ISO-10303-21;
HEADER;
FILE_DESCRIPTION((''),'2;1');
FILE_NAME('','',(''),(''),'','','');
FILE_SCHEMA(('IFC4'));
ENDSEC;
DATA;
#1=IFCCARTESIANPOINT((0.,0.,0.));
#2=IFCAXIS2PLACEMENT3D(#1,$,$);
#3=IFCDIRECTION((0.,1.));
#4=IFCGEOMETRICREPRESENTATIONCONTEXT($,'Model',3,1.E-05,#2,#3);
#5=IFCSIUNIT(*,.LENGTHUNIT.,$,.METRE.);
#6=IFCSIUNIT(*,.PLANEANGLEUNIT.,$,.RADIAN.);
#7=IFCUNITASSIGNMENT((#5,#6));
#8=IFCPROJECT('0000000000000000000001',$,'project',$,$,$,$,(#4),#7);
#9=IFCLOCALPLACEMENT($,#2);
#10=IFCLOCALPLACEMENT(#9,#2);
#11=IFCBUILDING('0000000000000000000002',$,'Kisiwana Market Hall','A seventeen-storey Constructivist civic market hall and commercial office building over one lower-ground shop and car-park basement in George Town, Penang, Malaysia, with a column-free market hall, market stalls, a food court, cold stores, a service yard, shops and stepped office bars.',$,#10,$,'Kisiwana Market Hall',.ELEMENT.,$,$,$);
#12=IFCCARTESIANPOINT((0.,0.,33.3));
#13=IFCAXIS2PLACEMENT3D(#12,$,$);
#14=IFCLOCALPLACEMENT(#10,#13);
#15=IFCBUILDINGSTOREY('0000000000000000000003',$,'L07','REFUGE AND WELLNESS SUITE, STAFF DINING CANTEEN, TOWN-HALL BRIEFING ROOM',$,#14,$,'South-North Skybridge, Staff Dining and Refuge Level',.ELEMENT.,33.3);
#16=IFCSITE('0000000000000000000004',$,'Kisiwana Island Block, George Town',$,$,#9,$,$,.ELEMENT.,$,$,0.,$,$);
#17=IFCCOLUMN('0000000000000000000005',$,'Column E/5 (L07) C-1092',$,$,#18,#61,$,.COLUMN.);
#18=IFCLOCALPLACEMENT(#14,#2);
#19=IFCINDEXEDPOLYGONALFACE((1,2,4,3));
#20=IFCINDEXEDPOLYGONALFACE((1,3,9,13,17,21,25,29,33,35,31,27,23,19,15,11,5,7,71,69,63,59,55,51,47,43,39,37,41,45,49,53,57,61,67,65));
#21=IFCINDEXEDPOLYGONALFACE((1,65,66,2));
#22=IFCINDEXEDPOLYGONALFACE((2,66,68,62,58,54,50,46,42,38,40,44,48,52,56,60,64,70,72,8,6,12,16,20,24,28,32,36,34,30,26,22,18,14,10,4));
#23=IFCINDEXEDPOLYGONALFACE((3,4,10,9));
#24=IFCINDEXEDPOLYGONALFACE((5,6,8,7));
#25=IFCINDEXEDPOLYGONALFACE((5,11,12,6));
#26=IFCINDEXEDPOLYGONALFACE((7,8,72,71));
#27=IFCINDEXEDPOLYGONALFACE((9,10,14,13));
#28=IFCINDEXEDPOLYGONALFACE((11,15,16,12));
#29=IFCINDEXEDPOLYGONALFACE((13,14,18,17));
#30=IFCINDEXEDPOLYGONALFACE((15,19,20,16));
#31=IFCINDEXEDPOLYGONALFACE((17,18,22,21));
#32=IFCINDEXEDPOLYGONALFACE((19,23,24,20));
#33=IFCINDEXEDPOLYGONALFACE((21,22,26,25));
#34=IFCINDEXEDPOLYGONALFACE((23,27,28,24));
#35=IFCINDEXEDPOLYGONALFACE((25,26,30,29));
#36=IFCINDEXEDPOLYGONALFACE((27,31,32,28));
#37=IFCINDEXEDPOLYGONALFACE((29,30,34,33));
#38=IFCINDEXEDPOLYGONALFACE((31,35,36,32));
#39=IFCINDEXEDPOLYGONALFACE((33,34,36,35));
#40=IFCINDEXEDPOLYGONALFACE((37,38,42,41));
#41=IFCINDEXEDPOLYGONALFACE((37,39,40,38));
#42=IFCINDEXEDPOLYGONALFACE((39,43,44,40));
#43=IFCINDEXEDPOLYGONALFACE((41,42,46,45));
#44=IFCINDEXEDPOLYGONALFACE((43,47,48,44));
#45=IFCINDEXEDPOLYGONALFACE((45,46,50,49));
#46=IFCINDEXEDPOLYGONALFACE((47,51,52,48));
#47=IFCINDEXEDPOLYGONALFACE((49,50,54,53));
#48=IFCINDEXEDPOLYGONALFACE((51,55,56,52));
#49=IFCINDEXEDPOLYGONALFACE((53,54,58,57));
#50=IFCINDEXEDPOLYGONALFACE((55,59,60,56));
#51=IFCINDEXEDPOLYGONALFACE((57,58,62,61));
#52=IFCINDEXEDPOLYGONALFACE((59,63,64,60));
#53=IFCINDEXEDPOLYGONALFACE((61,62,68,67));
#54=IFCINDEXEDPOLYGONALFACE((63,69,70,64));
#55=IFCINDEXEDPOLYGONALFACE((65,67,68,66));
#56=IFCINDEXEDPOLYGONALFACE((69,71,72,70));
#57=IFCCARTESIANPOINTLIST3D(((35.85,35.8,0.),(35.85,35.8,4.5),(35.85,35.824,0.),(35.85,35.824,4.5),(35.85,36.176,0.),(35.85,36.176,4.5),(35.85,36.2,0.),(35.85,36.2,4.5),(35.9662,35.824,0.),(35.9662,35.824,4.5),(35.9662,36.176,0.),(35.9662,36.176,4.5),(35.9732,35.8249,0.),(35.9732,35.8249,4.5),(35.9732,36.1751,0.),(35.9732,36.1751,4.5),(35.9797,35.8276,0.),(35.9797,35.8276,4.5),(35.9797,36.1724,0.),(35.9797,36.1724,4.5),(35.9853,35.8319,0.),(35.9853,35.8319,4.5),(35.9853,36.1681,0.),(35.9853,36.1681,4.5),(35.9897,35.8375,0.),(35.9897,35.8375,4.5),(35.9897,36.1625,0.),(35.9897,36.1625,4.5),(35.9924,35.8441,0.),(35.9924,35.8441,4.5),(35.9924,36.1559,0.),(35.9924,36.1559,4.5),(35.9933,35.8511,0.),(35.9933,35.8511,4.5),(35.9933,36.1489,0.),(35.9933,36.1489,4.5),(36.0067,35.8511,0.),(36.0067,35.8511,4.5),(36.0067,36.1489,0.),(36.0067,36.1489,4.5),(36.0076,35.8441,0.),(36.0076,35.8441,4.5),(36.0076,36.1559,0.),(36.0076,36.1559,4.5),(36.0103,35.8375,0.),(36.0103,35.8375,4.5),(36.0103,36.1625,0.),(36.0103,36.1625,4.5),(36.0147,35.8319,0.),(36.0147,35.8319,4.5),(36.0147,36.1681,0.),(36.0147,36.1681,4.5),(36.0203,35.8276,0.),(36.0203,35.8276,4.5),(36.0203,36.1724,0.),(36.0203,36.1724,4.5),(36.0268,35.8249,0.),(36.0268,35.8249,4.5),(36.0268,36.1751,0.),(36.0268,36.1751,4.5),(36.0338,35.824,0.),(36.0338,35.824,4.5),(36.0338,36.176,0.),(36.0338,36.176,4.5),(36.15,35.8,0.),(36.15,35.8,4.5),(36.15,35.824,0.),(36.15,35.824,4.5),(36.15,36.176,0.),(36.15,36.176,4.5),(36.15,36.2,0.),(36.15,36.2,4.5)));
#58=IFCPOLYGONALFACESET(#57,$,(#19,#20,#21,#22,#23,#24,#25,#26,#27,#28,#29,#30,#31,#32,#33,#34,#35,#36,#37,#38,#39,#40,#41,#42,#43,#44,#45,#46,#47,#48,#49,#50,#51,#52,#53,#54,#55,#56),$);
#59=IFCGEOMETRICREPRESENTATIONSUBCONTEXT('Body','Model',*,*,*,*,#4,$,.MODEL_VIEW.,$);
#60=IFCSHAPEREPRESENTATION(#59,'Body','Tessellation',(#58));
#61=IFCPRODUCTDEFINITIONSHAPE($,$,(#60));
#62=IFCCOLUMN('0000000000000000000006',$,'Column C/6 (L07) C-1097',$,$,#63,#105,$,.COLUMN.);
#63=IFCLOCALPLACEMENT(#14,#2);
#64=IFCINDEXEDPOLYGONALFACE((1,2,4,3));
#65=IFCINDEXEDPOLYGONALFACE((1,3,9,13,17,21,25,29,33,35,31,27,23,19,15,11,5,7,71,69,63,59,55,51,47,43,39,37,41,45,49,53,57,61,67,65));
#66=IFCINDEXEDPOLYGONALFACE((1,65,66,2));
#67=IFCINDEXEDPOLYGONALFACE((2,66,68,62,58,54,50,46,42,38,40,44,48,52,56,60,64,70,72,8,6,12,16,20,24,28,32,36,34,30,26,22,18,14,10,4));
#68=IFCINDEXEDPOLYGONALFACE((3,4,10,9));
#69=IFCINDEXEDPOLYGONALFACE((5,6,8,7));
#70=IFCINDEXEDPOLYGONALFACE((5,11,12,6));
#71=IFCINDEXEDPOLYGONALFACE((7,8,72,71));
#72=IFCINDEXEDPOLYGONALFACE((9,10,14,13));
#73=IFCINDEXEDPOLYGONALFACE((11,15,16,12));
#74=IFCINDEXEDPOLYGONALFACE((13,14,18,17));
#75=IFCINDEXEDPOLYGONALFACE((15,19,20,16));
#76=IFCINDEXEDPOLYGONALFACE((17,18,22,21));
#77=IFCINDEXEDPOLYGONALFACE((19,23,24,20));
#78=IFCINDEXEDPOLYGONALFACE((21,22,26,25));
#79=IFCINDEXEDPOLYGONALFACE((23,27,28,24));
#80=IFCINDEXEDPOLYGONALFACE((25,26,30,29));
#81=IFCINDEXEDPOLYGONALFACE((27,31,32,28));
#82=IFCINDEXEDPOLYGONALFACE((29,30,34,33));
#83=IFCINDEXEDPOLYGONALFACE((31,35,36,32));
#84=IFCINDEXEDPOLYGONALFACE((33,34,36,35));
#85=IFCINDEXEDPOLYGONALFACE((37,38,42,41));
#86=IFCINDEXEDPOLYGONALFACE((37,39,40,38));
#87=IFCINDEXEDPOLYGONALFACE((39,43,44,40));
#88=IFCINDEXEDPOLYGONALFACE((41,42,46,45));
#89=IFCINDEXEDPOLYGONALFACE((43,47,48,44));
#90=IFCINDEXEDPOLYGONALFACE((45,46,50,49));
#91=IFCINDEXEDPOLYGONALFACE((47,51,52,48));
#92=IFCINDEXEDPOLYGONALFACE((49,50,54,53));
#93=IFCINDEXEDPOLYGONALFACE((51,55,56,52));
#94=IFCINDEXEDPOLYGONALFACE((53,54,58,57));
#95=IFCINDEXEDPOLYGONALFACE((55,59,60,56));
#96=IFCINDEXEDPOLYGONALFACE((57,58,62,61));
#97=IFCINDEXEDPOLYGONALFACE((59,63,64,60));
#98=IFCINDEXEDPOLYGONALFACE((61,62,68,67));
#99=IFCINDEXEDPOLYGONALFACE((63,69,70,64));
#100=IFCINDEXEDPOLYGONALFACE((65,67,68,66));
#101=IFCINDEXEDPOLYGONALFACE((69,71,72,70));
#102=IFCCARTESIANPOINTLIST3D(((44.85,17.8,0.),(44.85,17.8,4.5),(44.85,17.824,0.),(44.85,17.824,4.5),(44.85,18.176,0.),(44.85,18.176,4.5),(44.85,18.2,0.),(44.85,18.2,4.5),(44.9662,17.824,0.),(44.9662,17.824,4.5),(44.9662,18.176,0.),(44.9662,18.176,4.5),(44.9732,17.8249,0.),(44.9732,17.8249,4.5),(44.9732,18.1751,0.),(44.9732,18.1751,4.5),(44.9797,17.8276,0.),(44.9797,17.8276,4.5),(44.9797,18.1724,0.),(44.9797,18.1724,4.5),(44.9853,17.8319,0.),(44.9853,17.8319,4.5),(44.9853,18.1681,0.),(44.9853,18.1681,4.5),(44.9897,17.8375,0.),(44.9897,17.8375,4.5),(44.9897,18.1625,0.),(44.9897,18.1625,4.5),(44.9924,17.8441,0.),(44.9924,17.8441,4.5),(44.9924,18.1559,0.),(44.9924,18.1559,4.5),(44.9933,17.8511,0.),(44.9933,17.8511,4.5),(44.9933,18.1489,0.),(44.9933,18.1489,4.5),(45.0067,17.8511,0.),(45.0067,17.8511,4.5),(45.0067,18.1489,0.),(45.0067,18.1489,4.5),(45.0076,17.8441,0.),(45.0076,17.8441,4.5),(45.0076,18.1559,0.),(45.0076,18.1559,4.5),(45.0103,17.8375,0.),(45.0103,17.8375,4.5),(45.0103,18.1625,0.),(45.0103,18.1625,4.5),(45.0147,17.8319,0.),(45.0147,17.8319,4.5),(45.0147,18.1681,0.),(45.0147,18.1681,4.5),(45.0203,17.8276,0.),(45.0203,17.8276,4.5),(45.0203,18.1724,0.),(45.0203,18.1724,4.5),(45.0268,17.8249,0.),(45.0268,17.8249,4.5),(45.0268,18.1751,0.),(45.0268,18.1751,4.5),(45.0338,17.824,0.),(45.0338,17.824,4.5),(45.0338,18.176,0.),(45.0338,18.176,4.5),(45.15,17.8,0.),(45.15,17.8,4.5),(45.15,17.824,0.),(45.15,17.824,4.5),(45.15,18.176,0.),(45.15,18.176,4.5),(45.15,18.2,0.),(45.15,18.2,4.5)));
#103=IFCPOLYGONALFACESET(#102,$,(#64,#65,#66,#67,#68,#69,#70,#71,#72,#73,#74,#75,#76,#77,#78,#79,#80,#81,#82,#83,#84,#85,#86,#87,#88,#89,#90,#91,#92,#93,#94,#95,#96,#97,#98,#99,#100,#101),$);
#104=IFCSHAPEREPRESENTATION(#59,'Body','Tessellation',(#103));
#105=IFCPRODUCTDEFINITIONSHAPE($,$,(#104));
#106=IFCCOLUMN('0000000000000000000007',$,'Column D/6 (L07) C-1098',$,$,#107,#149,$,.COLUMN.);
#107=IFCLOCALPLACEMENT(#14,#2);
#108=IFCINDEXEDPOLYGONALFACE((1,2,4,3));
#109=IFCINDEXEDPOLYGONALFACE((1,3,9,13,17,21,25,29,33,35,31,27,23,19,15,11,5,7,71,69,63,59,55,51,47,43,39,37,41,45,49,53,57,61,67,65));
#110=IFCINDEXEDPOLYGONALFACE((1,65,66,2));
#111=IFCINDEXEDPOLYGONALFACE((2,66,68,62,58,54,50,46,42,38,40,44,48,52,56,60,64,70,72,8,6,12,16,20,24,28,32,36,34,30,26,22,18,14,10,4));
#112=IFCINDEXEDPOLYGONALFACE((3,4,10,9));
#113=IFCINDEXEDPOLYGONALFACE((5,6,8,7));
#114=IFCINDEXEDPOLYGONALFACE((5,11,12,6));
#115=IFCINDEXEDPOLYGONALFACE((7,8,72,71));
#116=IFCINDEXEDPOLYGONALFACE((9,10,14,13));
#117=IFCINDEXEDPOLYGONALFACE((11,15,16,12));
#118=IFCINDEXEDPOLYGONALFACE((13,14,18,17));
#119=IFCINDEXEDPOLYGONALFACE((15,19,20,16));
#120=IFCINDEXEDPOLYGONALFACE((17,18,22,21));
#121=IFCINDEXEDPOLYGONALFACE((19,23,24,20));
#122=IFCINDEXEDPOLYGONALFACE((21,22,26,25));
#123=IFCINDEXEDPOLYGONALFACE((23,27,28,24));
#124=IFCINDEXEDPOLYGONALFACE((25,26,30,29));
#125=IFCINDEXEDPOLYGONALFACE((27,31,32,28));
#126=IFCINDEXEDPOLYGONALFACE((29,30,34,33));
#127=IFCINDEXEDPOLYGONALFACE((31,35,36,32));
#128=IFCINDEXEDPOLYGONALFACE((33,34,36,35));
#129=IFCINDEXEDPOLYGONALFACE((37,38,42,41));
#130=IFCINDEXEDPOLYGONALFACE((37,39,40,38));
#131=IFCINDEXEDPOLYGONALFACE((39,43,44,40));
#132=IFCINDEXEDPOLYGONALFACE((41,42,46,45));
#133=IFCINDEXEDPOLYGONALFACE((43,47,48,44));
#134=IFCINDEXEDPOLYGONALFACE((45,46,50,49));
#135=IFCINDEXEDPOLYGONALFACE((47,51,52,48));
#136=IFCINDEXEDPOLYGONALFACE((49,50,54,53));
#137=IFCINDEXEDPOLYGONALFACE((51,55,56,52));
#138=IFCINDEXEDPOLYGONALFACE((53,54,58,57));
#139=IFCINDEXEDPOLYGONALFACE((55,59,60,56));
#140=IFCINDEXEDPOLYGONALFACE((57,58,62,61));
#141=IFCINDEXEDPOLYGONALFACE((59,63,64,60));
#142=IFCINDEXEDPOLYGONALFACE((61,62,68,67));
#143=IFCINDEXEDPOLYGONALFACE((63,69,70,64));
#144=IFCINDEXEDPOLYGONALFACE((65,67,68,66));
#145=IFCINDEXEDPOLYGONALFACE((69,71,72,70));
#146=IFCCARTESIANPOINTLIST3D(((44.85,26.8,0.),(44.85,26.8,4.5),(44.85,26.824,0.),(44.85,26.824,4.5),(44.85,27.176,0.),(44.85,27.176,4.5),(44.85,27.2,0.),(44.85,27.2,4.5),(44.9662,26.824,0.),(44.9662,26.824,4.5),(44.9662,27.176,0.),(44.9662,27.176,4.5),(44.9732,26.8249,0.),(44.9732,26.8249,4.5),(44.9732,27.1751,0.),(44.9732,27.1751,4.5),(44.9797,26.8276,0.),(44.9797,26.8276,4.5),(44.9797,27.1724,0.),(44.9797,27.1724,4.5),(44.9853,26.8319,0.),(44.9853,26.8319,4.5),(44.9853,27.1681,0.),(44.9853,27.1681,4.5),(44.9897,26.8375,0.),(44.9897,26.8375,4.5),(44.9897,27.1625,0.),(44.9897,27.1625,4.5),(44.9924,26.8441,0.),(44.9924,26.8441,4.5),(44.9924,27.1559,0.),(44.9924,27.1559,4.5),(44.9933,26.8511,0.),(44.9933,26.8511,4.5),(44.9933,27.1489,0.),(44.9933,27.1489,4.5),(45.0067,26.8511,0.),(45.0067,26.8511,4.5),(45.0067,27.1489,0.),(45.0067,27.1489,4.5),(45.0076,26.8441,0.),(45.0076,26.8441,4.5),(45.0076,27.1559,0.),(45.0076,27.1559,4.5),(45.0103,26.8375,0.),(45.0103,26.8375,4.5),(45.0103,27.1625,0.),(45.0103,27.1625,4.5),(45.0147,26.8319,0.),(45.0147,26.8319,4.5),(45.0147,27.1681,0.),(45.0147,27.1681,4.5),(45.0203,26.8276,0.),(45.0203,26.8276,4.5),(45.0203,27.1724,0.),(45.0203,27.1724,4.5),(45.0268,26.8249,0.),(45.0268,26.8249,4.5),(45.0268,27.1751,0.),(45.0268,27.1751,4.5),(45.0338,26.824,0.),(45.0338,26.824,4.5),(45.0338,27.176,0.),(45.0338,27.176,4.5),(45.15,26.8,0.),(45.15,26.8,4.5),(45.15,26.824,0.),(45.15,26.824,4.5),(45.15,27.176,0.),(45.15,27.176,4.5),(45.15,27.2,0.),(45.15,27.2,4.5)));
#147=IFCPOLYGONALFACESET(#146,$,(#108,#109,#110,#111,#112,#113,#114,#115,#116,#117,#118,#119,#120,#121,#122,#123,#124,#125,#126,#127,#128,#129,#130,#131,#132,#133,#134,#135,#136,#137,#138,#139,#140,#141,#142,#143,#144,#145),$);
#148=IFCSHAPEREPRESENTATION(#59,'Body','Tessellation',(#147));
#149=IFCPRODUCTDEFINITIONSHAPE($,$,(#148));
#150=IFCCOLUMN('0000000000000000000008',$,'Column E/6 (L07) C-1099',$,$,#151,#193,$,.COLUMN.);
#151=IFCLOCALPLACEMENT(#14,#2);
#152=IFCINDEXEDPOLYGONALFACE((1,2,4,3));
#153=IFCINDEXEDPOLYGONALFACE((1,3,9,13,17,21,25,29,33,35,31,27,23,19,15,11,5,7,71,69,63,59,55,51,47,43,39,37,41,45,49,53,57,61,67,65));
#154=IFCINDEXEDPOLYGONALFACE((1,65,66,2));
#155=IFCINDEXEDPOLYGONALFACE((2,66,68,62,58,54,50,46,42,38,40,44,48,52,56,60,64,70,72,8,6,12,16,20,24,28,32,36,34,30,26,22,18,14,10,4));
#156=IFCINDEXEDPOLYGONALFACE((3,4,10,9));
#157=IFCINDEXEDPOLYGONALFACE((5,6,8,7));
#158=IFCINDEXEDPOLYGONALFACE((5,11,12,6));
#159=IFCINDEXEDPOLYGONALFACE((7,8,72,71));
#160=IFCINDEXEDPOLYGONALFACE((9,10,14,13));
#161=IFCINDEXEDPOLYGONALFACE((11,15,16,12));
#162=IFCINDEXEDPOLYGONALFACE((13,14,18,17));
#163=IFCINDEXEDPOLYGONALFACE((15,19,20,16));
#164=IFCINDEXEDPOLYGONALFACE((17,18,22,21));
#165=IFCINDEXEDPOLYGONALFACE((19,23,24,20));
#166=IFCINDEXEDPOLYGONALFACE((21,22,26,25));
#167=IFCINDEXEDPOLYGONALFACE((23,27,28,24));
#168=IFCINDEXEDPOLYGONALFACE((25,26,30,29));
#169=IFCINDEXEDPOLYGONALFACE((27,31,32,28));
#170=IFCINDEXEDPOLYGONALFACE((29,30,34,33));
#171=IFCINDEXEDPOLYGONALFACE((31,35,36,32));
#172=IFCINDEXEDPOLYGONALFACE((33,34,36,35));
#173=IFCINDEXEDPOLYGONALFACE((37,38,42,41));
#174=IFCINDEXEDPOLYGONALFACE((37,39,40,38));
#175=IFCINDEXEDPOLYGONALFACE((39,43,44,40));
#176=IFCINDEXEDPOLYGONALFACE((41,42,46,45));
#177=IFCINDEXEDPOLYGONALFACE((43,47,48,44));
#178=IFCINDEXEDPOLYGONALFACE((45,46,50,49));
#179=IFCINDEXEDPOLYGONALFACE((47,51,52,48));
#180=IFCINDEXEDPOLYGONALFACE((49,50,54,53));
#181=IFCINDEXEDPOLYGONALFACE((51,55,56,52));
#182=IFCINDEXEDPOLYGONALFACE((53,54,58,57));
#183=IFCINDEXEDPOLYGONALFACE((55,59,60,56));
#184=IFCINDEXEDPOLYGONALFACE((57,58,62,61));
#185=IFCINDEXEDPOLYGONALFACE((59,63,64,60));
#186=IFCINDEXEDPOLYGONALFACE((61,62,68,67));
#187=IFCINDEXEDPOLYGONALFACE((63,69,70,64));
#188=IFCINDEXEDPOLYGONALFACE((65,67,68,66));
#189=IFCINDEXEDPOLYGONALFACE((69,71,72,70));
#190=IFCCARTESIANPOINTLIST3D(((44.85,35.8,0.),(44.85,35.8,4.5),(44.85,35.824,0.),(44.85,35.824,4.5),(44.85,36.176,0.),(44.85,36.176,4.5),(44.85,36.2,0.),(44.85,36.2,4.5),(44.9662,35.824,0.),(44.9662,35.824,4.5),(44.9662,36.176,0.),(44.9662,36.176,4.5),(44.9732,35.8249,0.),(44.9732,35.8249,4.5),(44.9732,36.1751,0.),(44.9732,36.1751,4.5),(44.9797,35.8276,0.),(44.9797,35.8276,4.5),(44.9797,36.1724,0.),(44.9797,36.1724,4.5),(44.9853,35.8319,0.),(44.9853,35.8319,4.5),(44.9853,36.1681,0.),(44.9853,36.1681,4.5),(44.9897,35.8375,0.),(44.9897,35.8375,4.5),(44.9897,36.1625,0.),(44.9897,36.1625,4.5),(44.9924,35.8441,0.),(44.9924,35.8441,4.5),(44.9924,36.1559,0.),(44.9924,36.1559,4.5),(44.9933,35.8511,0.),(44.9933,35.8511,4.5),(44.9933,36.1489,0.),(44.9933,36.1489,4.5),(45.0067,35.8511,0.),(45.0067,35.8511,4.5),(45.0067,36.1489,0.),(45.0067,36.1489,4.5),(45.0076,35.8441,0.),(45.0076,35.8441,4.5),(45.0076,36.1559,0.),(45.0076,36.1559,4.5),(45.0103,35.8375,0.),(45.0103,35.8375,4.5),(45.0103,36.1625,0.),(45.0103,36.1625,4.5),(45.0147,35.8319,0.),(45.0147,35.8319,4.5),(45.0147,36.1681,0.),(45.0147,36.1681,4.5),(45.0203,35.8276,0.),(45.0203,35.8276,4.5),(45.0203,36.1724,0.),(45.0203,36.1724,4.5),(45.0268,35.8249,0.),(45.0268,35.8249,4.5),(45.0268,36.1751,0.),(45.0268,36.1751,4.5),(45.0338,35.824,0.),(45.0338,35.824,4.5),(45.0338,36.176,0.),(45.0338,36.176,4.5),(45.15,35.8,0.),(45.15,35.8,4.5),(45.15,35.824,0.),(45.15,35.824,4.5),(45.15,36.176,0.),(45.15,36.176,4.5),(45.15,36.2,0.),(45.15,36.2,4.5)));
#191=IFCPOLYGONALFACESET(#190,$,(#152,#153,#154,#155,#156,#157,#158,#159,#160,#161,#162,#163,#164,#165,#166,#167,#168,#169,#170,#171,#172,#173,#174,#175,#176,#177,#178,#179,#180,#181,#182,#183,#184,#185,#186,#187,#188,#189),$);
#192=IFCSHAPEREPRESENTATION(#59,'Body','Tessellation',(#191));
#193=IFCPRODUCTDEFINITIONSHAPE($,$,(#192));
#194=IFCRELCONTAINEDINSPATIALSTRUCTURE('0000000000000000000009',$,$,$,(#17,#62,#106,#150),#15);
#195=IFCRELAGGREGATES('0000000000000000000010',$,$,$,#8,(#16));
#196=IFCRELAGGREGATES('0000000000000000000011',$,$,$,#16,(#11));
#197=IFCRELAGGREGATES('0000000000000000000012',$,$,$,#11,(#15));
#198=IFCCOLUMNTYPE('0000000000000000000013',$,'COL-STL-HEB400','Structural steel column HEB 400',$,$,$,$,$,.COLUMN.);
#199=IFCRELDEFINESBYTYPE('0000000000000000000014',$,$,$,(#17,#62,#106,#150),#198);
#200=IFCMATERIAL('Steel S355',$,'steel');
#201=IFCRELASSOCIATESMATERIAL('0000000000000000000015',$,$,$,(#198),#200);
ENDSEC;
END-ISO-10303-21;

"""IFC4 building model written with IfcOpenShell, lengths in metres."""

from ifc_helpers import new_model, si_unit, direction, frame, origin, origin_2d, place, context, subcontext, project, spatial, i_section, extrude, material, material_profile, profile_set, type_object, element, save


model = new_model("IFC4")

# Units and contexts
model_context = context("Model", 3, precision=1e-05, world=origin(), true_north=direction((0.0, 1.0)))
body_context = subcontext(model_context, "Body", "Model", "MODEL_VIEW")
ifc_project = project(units=[si_unit("LENGTHUNIT", "METRE"), si_unit("PLANEANGLEUNIT", "RADIAN")], contexts=[model_context])

# Site, building, storey
site_placement = place(None, origin())
site = spatial("IfcSite", under=ifc_project, at=site_placement, Name="Kisiwana Island Block, George Town", CompositionType="ELEMENT", RefElevation=0.0)
building_placement = place(site_placement, origin())
building = spatial("IfcBuilding", under=site, at=building_placement, Name="Kisiwana Market Hall", Description="A seventeen-storey Constructivist civic market hall and commercial office building over one lower-ground shop and car-park basement in George Town, Penang, Malaysia, with a column-free market hall, market stalls, a food court, cold stores, a service yard, shops and stepped office bars.", LongName="Kisiwana Market Hall", CompositionType="ELEMENT")
storey_placement = place(building_placement, frame((0.0, 0.0, 33.3)))
storey = spatial("IfcBuildingStorey", under=building, at=storey_placement, Name="L07", Description="REFUGE AND WELLNESS SUITE, STAFF DINING CANTEEN, TOWN-HALL BRIEFING ROOM", LongName="South-North Skybridge, Staff Dining and Refuge Level", CompositionType="ELEMENT", Elevation=33.3)

# Columns
ifc_material_1 = material(Name="Steel S355", Category="steel")
ifc_material_profile_1 = material_profile(ifc_material_1, i_section(OverallWidth=0.3, OverallDepth=0.3999, WebThickness=0.0134, FlangeThickness=0.0239, FilletRadius=0.0271, at=origin_2d()), Name="HEB 400")
ifc_profile_set_1 = profile_set([ifc_material_profile_1], Name="Steel S355")
column_type = type_object("IfcColumnType", Name="COL-STL-HEB400", Description="Structural steel column HEB 400", PredefinedType="COLUMN", material=ifc_profile_set_1)
for number, where, z_axis, x_axis, name in (
    (1, (36.0, 36.0, 0.0), (0.0, 0.0, 1.0), (1.0, 0.0, 0.0), "Column E/5 (L07) C-1092"),
    (2, (45.0, 18.0, 0.0), (0.0, 0.0, 1.0), (1.0, 0.0, 0.0), "Column C/6 (L07) C-1097"),
    (3, (45.0, 27.0, 0.0), (0.0, 0.0, 1.0), (1.0, 0.0, 0.0), "Column D/6 (L07) C-1098"),
    (4, (45.0, 36.0, 0.0), (0.0, 0.0, 1.0), (1.0, 0.0, 0.0), "Column E/6 (L07) C-1099"),
):
    element("IfcColumn", number, at=place(storey_placement, frame(where, z_axis=z_axis, x_axis=x_axis)), inside=storey, type_object=column_type, Name=name, PredefinedType="COLUMN", context=body_context, shape_type="SweptSolid", body=[
        extrude(i_section(OverallWidth=0.3, OverallDepth=0.3999, WebThickness=0.0134, FlangeThickness=0.0239, FilletRadius=0.0271, at=origin_2d()), origin(), (0.0, 0.0, 1.0), 4.5),
    ])

save(model, "model.ifc")
